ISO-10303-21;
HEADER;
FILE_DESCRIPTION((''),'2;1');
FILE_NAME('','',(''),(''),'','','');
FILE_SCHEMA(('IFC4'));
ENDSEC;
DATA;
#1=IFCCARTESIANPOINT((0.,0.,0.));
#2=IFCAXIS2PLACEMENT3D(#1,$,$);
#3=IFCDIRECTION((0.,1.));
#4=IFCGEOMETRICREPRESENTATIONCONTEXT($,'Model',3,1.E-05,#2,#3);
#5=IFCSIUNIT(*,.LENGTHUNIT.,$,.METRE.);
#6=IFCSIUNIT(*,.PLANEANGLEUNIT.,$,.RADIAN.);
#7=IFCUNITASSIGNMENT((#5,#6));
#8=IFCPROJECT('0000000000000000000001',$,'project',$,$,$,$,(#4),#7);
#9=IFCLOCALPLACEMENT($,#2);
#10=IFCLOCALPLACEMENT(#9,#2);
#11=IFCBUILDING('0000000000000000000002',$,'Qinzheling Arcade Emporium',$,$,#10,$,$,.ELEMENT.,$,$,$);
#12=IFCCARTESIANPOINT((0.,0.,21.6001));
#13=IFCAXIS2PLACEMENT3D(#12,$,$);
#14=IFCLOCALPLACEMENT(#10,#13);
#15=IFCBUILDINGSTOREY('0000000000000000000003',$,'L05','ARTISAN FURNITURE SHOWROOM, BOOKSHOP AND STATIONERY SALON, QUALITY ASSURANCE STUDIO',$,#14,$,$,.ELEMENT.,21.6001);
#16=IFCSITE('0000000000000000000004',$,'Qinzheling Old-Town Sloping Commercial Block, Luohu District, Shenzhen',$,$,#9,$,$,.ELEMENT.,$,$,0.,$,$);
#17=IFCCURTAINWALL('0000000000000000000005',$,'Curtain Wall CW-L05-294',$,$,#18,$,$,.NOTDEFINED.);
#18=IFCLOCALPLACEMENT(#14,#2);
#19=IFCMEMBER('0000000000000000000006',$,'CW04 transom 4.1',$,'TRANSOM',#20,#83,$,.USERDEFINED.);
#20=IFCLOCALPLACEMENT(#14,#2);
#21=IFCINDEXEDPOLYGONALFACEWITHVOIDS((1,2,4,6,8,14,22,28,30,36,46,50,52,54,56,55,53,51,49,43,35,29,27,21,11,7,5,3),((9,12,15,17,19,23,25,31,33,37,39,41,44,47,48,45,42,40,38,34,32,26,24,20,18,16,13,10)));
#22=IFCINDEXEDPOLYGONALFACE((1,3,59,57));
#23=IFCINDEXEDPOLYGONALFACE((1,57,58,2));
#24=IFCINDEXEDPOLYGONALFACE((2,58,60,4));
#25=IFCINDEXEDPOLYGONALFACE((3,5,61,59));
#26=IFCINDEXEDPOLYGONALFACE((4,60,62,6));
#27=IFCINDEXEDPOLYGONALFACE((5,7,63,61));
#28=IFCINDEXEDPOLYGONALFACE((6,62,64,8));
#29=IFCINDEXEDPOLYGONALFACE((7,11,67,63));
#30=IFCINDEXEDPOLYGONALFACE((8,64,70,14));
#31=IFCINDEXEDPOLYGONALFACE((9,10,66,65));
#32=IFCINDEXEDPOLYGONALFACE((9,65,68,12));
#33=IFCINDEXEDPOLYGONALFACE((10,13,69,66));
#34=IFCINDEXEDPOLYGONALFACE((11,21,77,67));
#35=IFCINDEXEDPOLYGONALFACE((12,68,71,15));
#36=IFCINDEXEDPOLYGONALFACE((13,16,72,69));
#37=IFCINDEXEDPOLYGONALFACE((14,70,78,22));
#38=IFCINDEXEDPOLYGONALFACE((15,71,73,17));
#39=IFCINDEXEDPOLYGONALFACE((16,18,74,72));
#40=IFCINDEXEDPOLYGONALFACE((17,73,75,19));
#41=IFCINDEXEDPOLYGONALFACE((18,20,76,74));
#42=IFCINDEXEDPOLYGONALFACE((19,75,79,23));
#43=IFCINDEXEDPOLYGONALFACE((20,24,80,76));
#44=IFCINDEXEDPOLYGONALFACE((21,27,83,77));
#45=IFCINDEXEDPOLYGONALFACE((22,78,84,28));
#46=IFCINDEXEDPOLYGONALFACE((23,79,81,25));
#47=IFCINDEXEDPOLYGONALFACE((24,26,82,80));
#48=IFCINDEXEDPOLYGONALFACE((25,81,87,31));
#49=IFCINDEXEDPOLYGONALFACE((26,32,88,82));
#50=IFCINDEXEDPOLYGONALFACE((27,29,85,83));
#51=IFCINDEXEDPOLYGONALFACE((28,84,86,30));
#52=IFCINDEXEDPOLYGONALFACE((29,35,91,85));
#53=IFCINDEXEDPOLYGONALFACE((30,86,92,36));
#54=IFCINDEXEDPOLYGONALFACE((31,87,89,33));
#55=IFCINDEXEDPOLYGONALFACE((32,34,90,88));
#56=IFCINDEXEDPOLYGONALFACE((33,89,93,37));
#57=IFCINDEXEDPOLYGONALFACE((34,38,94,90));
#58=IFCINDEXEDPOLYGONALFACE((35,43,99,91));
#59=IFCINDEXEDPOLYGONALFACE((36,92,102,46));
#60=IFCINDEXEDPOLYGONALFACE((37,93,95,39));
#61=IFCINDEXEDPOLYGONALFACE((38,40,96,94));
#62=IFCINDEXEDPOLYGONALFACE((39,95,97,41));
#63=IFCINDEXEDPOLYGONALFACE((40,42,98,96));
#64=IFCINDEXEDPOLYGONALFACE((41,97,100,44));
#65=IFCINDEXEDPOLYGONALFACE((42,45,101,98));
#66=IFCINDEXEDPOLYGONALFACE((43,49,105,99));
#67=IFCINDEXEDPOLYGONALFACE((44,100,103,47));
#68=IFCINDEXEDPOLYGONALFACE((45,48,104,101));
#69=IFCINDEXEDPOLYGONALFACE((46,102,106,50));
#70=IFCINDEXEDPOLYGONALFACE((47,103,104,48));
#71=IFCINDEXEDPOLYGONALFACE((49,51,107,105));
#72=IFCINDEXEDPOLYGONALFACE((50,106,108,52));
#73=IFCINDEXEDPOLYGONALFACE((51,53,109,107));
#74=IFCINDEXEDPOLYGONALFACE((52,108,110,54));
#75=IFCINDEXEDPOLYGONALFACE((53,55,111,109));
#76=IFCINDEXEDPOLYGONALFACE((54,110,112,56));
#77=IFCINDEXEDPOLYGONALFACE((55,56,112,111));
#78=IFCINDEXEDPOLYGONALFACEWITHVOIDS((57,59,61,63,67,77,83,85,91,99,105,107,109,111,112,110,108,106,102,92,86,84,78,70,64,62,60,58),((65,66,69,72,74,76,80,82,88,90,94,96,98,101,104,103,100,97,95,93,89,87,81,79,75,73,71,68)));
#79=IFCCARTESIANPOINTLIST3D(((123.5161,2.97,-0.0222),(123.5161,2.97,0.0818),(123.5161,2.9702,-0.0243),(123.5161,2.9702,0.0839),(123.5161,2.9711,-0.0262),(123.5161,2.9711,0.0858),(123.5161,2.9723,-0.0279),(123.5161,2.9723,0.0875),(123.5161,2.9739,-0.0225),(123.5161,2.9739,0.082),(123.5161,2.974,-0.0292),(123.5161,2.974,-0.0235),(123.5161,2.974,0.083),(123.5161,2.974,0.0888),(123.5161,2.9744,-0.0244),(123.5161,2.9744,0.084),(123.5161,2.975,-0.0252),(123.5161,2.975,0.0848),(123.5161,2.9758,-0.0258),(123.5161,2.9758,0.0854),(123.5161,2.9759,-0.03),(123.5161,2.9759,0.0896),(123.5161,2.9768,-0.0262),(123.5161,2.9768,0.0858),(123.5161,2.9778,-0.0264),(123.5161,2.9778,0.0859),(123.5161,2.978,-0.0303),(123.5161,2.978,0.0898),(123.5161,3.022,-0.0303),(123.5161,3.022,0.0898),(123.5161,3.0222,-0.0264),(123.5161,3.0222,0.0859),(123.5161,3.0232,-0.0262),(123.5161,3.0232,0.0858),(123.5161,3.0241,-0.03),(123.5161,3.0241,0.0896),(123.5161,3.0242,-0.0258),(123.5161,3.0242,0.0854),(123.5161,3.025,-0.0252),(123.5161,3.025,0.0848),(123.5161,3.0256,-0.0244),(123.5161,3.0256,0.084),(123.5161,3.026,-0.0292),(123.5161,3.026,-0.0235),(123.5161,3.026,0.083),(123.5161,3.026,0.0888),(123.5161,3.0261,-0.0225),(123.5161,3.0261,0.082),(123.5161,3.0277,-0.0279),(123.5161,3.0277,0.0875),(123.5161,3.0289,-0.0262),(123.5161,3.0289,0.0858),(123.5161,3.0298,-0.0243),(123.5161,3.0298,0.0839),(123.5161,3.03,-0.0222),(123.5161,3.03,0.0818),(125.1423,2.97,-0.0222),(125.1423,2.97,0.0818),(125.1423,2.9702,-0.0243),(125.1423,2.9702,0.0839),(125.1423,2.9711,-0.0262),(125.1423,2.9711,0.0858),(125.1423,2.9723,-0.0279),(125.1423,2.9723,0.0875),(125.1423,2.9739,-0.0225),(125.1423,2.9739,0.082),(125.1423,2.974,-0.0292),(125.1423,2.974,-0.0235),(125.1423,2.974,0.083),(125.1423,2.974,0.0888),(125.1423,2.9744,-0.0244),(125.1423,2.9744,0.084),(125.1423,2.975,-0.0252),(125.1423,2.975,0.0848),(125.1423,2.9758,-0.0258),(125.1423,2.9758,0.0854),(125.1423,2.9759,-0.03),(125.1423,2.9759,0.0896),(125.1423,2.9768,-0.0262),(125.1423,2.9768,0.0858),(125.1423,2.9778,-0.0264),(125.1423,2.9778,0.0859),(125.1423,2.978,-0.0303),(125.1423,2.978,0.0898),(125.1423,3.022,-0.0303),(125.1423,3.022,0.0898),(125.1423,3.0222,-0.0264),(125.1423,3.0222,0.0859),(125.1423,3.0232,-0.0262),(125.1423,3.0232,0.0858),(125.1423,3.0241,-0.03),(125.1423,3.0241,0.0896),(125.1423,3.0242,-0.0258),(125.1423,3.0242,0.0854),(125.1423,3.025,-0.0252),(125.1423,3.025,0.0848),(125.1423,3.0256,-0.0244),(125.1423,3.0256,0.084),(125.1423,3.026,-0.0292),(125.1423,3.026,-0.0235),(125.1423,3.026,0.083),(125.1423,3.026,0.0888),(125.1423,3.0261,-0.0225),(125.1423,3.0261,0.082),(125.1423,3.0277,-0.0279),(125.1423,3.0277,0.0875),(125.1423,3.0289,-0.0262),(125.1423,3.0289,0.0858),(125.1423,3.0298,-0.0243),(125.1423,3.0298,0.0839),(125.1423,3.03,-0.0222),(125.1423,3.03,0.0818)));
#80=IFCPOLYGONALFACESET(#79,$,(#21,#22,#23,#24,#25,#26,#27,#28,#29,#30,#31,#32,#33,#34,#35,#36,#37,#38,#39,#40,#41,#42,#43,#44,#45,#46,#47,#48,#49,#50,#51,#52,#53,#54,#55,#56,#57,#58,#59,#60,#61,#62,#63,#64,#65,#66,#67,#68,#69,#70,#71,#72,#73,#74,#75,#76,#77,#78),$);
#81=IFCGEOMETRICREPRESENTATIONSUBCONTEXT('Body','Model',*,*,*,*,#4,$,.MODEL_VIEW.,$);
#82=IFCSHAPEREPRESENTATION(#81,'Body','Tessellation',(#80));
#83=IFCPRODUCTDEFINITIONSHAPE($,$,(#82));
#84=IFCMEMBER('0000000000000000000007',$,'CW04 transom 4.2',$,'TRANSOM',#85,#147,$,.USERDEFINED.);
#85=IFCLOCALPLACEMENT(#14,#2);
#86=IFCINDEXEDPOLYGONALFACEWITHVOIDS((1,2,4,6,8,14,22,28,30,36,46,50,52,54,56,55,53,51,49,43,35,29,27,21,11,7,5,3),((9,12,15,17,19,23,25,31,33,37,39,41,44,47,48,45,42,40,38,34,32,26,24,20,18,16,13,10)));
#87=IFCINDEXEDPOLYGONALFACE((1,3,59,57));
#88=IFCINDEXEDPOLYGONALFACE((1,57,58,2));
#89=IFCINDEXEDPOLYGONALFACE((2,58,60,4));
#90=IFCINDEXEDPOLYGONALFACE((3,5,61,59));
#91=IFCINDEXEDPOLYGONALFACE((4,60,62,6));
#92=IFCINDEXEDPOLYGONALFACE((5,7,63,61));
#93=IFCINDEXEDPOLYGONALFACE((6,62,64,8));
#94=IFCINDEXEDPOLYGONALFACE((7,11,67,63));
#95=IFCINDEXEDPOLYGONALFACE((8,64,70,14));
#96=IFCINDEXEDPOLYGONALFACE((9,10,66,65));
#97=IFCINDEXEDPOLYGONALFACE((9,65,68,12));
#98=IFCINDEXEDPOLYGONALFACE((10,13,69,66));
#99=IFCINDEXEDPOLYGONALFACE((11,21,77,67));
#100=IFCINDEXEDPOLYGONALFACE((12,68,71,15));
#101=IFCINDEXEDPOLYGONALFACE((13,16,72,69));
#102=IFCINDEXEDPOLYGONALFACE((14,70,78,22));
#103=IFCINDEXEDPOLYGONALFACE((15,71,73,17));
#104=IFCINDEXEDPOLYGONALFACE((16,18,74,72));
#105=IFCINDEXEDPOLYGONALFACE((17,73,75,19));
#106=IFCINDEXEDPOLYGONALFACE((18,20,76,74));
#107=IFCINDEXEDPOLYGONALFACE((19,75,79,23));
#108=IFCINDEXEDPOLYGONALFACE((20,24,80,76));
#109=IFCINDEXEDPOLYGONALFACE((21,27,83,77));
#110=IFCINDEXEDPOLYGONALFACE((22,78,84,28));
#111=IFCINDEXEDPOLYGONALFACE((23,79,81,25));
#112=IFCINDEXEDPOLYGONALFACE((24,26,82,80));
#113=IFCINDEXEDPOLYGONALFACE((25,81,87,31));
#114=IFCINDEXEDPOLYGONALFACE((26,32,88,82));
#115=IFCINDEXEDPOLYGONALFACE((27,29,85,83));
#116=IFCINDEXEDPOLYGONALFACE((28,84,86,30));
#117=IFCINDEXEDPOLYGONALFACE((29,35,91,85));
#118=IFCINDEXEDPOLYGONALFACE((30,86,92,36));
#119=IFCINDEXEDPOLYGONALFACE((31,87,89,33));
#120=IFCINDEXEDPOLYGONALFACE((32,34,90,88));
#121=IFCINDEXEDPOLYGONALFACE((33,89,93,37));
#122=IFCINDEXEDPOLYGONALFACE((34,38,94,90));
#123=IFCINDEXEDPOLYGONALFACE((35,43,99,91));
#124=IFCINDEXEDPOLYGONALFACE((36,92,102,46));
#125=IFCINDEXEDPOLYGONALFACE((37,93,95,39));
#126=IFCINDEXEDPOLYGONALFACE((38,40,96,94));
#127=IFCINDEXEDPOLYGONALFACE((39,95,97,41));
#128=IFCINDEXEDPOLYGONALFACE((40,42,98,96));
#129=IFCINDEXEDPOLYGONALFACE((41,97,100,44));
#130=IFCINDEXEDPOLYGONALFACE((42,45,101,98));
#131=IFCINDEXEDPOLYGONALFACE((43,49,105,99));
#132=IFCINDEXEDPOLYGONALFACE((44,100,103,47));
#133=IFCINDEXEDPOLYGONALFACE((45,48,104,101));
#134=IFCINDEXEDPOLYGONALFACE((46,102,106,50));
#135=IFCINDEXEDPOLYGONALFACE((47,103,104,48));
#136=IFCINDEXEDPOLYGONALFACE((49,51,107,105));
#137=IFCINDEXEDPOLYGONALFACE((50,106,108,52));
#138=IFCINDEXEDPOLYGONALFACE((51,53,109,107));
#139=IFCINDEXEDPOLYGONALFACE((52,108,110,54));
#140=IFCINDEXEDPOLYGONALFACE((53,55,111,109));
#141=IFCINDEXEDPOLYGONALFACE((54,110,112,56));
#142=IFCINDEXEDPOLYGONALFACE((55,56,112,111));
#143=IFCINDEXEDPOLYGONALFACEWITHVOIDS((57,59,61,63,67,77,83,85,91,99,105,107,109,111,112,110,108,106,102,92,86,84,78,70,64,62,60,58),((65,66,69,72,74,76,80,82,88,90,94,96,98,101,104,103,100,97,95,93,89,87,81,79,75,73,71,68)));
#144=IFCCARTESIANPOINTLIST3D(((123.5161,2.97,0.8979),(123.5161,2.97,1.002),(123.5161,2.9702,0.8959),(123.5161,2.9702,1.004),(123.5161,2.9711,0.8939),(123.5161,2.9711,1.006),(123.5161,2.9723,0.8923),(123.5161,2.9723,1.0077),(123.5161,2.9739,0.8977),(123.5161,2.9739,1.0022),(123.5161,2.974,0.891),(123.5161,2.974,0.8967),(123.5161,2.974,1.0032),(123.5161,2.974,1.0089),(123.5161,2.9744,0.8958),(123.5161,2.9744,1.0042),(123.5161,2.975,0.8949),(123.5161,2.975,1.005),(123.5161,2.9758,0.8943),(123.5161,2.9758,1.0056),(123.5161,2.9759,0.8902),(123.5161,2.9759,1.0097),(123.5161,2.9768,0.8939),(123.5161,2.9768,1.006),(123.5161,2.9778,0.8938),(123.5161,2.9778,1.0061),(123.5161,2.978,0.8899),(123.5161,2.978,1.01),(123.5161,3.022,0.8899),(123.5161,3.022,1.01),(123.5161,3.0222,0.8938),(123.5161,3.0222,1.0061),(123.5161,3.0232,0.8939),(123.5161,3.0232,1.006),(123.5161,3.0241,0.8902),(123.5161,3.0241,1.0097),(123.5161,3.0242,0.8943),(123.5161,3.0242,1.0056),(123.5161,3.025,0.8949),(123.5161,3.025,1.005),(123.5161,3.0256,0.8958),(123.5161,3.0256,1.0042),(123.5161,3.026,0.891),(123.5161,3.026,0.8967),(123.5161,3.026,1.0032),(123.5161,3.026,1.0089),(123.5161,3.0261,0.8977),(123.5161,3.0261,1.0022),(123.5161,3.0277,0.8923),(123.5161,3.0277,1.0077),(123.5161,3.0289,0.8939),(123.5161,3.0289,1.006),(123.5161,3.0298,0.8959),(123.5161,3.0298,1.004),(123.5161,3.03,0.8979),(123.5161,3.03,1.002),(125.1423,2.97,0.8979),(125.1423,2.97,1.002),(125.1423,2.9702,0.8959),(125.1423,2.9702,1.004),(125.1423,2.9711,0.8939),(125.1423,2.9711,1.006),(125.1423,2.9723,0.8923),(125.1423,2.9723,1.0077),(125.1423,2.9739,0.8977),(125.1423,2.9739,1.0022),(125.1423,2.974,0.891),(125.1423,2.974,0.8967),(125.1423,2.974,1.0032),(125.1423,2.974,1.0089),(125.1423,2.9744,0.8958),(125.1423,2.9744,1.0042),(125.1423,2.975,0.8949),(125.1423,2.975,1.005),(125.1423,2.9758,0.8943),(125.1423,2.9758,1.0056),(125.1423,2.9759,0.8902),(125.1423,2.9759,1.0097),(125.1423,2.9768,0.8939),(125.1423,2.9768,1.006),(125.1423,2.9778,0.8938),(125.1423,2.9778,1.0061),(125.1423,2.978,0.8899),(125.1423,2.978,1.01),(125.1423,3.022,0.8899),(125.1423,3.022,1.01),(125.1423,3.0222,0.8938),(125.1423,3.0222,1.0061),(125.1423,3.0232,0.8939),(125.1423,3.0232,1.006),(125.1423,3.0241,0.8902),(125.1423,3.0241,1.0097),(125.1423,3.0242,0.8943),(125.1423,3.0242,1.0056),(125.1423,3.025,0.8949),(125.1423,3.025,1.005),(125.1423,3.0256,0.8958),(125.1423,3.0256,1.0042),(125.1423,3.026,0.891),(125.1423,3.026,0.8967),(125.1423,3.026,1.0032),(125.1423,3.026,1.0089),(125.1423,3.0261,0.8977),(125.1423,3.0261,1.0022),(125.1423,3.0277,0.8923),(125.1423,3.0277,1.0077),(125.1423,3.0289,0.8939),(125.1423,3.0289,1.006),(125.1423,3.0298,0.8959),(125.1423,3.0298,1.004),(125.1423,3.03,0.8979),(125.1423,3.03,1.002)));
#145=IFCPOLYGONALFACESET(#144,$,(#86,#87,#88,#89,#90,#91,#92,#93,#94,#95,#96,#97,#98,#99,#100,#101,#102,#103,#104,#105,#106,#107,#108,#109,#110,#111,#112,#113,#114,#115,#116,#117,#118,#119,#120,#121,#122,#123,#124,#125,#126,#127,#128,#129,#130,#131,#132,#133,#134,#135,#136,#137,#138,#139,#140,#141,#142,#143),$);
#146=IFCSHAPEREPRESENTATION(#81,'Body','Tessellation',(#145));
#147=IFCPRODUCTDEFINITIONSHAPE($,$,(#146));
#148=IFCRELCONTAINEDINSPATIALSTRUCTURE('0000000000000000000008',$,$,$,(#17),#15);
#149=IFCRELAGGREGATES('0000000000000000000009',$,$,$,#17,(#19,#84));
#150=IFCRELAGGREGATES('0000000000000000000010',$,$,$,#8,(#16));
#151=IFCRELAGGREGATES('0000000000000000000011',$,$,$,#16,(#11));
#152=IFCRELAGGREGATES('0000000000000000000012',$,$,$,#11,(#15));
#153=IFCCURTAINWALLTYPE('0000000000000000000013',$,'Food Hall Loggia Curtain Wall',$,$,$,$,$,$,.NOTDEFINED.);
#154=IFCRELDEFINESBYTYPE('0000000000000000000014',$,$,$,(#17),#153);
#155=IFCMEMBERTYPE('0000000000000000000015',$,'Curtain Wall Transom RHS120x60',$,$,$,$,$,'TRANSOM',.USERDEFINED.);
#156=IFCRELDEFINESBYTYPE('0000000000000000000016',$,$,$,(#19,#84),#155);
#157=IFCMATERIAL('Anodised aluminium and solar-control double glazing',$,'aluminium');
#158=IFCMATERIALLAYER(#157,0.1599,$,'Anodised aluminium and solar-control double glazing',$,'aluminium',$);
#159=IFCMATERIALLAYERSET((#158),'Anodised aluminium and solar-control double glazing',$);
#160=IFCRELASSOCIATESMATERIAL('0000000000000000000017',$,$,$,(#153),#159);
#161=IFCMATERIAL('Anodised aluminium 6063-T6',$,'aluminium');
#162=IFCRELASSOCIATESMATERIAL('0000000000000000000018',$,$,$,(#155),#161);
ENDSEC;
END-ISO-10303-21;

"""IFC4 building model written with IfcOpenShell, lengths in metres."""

from ifc_helpers import new_model, si_unit, direction, frame, origin, origin_2d, place, context, subcontext, project, spatial, hollow_rectangle, extrude, material, layer, layer_set, material_profile, profile_set, type_object, element, aggregate, save


model = new_model("IFC4")

# Units and contexts
model_context = context("Model", 3, precision=1e-05, world=origin(), true_north=direction((0.0, 1.0)))
body_context = subcontext(model_context, "Body", "Model", "MODEL_VIEW")
ifc_project = project(units=[si_unit("LENGTHUNIT", "METRE"), si_unit("PLANEANGLEUNIT", "RADIAN")], contexts=[model_context])

# Site, building, storey
site_placement = place(None, origin())
site = spatial("IfcSite", under=ifc_project, at=site_placement, Name="Qinzheling Old-Town Sloping Commercial Block, Luohu District, Shenzhen", CompositionType="ELEMENT", RefElevation=0.0)
building_placement = place(site_placement, origin())
building = spatial("IfcBuilding", under=site, at=building_placement, Name="Qinzheling Arcade Emporium", CompositionType="ELEMENT")
storey_placement = place(building_placement, frame((0.0, 0.0, 21.6001)))
storey = spatial("IfcBuildingStorey", under=building, at=storey_placement, Name="L05", Description="ARTISAN FURNITURE SHOWROOM, BOOKSHOP AND STATIONERY SALON, QUALITY ASSURANCE STUDIO", CompositionType="ELEMENT", Elevation=21.6001)

# Curtain wall
ifc_material_1 = material(Name="Anodised aluminium and solar-control double glazing", Category="aluminium")
ifc_layer_1 = layer(ifc_material_1, 0.1599, Name="Anodised aluminium and solar-control double glazing", Category="aluminium")
ifc_layer_set_1 = layer_set([ifc_layer_1], Name="Anodised aluminium and solar-control double glazing")
curtain_wall_type = type_object("IfcCurtainWallType", Name="Food Hall Loggia Curtain Wall", PredefinedType="NOTDEFINED", material=ifc_layer_set_1)
curtain_wall_1_placement = place(storey_placement, origin())
curtain_wall_1 = element("IfcCurtainWall", 1, at=curtain_wall_1_placement, inside=storey, type_object=curtain_wall_type, Name="Curtain Wall CW-L05-294", PredefinedType="NOTDEFINED")
ifc_material_2 = material(Name="Anodised aluminium 6063-T6", Category="aluminium")

# Members
ifc_material_profile_1 = material_profile(ifc_material_2, hollow_rectangle(XDim=0.0601, YDim=0.1201, WallThickness=0.0039, InnerFilletRadius=0.0039, OuterFilletRadius=0.0081, at=origin_2d()), Name="RHS 120x60x4", Category="aluminium")
ifc_profile_set_1 = profile_set([ifc_material_profile_1], Name="Anodised aluminium 6063-T6")
member_type_1 = type_object("IfcMemberType", Name="Curtain Wall Transom RHS120x60", ElementType="TRANSOM", PredefinedType="USERDEFINED", material=ifc_profile_set_1)
member_1_placement = place(storey_placement, frame((125.1423, 3.0, 0.0298), z_axis=(-1.0, 0.0, 0.0), x_axis=(0.0, -1.0, 0.0)))
member_1 = element("IfcMember", 2, at=member_1_placement, type_object=member_type_1, Name="CW04 transom 4.1", ObjectType="TRANSOM", PredefinedType="USERDEFINED", context=body_context, shape_type="SweptSolid", body=[
    extrude(hollow_rectangle(XDim=0.0601, YDim=0.1201, WallThickness=0.0039, InnerFilletRadius=0.0039, OuterFilletRadius=0.0081, at=origin_2d()), origin(), (0.0, 0.0, 1.0), 1.6262),
])
member_2_placement = place(storey_placement, frame((125.1423, 3.0, 0.95), z_axis=(-1.0, 0.0, 0.0), x_axis=(0.0, -1.0, 0.0)))
member_2 = element("IfcMember", 3, at=member_2_placement, type_object=member_type_1, Name="CW04 transom 4.2", ObjectType="TRANSOM", PredefinedType="USERDEFINED", context=body_context, shape_type="SweptSolid", body=[
    extrude(hollow_rectangle(XDim=0.0601, YDim=0.1201, WallThickness=0.0039, InnerFilletRadius=0.0039, OuterFilletRadius=0.0081, at=origin_2d()), origin(), (0.0, 0.0, 1.0), 1.6262),
])

aggregate(curtain_wall_1, [member_1, member_2])

save(model, "model.ifc")
